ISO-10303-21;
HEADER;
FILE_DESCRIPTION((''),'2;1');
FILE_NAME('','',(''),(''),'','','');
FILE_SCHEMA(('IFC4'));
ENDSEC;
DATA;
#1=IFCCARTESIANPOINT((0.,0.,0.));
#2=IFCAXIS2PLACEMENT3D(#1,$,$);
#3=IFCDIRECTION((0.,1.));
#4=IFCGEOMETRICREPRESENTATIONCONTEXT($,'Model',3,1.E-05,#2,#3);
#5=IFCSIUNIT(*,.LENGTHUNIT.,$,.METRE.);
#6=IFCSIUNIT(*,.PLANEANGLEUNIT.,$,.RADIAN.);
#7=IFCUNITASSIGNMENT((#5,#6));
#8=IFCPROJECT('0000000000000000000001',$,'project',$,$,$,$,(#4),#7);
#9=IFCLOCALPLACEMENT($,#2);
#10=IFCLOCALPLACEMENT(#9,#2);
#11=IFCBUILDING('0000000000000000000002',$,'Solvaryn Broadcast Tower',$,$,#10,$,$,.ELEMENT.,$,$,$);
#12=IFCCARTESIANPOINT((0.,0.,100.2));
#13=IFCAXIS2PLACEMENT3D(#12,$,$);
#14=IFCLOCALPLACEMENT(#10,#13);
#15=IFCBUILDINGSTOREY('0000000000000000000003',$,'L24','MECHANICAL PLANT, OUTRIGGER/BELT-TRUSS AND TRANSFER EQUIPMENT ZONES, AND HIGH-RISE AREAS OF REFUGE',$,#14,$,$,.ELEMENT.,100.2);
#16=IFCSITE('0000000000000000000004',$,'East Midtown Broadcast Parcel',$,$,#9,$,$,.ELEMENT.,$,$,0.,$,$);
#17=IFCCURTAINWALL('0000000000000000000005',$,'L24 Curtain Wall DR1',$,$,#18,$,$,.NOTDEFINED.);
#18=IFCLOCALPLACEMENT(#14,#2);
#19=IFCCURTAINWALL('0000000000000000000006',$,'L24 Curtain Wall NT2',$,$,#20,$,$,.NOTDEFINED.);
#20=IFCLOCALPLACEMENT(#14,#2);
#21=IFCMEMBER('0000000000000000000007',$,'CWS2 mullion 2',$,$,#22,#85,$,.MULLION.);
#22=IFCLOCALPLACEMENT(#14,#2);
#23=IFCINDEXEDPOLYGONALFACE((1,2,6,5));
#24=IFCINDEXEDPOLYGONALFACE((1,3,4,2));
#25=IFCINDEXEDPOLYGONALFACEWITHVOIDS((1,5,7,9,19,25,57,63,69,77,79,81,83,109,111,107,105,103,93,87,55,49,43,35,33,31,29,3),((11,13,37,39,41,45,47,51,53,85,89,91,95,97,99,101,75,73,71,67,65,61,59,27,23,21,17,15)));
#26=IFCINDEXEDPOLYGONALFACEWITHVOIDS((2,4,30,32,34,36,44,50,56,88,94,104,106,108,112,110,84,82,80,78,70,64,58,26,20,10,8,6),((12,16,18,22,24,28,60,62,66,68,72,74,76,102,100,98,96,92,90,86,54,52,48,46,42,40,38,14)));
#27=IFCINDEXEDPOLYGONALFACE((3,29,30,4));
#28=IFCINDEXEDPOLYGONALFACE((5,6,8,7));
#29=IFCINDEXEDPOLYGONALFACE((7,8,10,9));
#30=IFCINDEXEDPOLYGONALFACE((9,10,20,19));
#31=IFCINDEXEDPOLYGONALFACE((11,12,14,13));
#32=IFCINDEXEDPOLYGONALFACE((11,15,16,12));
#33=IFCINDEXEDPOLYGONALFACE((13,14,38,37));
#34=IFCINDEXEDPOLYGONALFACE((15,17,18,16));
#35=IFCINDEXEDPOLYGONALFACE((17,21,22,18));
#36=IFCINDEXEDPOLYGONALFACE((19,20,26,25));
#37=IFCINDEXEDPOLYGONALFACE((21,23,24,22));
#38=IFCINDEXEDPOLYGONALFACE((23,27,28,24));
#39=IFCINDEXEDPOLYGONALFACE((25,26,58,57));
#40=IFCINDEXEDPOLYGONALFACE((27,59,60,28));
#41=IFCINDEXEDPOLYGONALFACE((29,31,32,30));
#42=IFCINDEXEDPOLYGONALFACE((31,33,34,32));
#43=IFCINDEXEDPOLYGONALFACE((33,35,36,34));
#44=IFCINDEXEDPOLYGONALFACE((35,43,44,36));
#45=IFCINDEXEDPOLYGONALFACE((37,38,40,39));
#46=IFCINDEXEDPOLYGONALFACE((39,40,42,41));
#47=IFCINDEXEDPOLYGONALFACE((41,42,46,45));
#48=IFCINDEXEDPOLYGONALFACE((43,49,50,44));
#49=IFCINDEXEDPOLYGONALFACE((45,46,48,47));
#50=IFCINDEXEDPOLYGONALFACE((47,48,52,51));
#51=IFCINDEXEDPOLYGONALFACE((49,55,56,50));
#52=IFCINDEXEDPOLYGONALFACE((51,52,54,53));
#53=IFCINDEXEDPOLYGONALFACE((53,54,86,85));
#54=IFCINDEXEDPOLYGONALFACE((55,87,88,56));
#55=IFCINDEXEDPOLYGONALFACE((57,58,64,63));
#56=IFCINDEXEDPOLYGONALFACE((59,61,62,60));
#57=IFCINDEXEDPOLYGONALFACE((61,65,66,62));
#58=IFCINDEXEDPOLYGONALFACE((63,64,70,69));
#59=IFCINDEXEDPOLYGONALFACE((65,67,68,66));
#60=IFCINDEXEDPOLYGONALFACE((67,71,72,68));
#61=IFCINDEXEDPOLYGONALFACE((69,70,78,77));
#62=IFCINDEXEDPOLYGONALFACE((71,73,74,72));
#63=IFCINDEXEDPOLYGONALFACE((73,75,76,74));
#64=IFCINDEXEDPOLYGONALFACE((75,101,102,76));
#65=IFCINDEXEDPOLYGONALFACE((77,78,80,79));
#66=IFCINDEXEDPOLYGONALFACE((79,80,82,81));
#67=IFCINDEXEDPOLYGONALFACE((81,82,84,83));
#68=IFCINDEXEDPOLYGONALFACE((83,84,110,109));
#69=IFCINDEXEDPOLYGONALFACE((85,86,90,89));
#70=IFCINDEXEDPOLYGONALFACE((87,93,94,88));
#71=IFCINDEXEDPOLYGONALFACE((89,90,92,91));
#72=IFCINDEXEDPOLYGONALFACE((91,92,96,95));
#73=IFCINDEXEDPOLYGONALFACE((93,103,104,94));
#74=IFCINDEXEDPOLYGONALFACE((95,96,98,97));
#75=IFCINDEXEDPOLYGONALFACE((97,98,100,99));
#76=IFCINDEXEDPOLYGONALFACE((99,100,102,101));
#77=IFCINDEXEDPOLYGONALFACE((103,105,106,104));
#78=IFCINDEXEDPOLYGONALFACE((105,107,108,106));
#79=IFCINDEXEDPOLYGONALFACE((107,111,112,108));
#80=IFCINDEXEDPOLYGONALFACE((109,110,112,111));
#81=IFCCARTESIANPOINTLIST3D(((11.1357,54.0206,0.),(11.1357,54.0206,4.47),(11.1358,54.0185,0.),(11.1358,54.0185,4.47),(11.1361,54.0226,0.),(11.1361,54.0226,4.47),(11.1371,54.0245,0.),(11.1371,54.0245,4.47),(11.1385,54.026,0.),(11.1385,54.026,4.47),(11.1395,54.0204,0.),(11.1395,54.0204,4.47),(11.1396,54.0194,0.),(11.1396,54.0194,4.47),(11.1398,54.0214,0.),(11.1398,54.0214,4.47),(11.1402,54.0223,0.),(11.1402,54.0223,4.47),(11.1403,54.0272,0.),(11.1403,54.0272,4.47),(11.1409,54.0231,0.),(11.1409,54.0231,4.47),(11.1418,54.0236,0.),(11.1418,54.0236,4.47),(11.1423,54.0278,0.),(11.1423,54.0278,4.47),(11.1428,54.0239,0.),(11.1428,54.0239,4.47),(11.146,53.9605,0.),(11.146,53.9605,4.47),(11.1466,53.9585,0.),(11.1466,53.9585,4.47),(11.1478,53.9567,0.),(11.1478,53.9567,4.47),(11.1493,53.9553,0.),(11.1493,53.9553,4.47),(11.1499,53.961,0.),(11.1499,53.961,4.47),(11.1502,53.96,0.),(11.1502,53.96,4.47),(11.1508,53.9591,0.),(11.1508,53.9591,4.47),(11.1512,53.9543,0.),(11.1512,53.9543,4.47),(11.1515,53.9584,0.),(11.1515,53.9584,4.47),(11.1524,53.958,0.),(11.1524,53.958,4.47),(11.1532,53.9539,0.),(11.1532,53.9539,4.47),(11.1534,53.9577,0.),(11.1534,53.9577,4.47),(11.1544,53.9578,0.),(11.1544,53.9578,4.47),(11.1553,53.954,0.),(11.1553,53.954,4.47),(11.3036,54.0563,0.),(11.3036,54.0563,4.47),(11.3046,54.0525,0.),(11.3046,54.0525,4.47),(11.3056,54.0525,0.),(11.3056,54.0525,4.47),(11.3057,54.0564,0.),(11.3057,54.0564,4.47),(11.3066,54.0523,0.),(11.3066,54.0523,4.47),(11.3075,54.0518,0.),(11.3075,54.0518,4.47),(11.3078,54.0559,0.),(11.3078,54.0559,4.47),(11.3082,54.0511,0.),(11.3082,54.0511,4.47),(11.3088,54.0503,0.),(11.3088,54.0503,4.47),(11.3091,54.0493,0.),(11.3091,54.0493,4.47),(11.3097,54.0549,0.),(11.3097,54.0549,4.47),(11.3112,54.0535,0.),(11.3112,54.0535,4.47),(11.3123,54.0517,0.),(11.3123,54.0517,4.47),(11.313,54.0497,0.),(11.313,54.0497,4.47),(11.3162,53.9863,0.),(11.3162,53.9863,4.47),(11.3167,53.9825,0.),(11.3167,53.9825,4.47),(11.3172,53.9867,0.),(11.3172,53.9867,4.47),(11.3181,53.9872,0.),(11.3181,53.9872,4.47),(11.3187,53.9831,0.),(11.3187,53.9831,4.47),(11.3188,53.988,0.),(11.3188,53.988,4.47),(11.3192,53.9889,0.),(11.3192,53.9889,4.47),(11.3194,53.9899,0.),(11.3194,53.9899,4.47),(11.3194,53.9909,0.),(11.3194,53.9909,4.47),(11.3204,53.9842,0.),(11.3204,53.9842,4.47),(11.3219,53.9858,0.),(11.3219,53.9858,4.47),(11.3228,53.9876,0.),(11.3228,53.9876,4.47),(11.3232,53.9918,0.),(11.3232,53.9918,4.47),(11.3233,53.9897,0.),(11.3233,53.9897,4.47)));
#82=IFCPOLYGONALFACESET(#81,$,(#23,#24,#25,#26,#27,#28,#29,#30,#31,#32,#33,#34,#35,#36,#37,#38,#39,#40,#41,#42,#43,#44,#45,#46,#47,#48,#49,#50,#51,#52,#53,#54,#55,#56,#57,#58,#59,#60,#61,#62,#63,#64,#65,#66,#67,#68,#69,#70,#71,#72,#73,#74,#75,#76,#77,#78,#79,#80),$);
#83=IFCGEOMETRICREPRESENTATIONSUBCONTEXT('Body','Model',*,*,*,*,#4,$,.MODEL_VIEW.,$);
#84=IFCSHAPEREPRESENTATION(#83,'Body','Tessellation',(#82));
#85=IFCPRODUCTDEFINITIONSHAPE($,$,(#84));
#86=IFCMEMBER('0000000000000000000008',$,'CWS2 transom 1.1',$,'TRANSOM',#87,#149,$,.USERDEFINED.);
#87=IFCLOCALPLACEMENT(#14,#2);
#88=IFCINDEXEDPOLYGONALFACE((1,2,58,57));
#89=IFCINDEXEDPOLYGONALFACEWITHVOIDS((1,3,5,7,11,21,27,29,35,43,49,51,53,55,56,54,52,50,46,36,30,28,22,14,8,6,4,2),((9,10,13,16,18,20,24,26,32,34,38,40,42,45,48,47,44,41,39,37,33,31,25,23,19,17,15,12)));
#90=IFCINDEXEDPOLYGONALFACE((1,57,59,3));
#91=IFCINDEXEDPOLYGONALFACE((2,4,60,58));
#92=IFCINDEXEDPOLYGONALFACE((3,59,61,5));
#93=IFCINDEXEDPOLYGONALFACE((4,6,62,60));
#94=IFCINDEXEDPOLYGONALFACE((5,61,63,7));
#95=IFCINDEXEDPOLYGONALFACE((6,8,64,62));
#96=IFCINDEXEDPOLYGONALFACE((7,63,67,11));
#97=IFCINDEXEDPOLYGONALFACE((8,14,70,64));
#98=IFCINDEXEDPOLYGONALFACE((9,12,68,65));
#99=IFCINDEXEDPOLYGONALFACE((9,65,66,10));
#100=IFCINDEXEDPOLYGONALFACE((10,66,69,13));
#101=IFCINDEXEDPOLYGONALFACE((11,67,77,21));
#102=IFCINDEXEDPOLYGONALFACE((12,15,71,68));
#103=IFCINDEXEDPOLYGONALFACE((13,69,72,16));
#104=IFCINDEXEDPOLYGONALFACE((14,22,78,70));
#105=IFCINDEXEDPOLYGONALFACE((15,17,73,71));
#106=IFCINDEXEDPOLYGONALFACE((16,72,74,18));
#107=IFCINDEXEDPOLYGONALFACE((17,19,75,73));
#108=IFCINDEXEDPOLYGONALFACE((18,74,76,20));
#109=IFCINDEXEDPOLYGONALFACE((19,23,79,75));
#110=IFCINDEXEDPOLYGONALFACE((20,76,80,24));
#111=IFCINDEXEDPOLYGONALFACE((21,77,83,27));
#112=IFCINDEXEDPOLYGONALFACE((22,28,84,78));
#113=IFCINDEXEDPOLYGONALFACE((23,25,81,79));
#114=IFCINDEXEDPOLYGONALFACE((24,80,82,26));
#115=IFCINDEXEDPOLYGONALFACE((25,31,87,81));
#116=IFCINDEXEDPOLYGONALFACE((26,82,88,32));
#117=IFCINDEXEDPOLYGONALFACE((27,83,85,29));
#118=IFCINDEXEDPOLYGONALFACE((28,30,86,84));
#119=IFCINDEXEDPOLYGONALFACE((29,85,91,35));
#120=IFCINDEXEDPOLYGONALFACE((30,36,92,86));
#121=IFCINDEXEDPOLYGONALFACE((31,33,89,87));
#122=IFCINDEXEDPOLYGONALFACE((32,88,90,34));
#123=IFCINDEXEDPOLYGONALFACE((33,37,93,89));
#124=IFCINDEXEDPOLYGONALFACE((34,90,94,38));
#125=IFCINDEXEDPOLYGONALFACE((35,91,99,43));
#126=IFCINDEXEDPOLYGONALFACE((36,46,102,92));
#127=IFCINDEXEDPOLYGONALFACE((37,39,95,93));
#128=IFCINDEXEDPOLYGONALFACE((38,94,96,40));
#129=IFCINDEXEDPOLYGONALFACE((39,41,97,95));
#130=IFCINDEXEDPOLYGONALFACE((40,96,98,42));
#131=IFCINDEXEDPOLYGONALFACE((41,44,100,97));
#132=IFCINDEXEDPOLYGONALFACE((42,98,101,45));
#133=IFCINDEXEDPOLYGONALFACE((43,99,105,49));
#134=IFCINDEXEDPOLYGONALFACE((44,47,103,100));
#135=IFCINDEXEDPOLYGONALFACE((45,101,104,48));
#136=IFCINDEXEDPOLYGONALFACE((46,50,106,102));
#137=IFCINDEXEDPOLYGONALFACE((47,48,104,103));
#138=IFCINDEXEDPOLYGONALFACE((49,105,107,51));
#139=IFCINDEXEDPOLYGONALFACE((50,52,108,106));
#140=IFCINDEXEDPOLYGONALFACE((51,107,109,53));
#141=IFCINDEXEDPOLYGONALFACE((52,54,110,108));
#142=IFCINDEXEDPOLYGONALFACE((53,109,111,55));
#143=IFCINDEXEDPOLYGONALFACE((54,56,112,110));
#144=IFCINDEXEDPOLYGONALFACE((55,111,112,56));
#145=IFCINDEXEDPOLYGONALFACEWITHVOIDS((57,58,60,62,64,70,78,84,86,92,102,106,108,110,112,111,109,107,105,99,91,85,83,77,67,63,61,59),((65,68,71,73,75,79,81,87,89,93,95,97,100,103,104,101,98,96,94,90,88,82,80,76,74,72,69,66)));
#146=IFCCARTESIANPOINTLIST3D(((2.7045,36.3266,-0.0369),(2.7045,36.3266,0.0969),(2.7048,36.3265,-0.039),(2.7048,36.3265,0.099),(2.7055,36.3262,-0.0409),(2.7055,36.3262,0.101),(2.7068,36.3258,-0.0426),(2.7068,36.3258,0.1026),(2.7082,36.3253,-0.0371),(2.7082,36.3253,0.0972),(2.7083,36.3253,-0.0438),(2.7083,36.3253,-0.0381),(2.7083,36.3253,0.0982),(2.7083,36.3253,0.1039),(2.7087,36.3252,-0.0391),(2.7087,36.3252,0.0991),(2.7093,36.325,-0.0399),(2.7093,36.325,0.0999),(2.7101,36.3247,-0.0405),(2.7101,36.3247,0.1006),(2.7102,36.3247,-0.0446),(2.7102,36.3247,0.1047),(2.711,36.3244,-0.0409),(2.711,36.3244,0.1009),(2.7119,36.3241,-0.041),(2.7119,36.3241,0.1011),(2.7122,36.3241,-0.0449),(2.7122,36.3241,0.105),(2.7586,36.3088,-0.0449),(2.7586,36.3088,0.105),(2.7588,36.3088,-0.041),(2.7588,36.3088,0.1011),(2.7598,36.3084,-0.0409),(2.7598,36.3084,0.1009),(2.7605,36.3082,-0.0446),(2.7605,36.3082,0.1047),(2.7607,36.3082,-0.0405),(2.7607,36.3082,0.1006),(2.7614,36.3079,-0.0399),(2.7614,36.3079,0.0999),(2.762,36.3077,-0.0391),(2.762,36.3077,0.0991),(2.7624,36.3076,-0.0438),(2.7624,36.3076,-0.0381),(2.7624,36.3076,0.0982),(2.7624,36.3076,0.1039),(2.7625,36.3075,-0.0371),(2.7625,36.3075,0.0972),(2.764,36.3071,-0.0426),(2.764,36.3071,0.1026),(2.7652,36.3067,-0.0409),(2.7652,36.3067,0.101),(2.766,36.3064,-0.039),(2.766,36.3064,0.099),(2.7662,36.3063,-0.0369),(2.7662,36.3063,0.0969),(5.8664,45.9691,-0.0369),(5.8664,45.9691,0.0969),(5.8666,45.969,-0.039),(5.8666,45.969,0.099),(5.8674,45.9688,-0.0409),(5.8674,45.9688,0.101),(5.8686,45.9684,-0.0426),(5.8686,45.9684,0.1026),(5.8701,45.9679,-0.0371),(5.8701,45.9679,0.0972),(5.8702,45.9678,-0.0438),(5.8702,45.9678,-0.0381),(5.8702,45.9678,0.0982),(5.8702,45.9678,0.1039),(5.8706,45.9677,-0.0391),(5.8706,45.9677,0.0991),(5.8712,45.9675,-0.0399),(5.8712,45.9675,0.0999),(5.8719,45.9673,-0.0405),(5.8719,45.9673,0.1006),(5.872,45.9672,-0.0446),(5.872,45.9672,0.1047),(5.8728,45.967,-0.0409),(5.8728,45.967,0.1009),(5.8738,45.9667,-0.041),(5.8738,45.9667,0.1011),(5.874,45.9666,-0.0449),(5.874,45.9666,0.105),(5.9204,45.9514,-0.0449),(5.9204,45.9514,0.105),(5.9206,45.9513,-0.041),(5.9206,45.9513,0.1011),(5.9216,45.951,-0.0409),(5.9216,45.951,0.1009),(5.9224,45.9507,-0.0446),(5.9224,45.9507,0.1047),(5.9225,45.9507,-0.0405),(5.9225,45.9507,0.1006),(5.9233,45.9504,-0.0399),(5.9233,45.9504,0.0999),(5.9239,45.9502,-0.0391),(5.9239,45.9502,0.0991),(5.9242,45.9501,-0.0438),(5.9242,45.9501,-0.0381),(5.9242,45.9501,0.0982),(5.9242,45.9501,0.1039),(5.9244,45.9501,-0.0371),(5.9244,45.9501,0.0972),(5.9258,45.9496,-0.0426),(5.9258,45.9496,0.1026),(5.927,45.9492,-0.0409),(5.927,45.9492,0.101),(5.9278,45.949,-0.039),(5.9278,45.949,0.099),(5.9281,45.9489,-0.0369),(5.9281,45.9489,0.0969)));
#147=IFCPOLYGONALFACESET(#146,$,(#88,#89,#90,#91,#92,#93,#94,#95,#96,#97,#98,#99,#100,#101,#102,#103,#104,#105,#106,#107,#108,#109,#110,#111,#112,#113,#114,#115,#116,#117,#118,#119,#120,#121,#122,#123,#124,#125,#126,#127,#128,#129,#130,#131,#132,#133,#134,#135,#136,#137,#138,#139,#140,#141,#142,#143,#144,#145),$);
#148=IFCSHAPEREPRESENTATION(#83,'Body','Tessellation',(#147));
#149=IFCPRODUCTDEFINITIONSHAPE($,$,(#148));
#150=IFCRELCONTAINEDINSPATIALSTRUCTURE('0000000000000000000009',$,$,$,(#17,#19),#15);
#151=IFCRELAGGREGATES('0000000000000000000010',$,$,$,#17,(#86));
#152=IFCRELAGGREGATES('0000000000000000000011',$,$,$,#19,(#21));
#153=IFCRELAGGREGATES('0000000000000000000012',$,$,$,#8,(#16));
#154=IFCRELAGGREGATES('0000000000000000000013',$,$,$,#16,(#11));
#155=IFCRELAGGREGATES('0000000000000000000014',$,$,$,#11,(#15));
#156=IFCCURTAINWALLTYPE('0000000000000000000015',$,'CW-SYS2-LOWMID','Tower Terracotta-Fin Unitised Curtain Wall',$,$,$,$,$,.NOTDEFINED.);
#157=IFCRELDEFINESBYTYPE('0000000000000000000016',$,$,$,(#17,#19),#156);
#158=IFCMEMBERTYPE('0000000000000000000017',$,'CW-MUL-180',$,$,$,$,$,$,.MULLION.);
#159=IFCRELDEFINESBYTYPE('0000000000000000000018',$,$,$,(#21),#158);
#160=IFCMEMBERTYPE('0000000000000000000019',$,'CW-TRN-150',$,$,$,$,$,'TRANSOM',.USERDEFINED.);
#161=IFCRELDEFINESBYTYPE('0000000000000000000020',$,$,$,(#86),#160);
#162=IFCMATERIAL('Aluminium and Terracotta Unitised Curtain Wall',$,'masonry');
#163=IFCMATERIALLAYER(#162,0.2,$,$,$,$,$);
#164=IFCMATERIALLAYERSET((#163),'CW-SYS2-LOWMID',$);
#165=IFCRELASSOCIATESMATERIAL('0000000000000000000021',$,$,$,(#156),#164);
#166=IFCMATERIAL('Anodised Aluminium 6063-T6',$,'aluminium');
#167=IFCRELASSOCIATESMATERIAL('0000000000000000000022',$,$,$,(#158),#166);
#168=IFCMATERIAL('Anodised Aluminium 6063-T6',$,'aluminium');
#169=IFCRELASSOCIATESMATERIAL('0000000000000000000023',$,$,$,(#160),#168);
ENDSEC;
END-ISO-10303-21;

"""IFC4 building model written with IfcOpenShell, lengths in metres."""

from ifc_helpers import new_model, si_unit, direction, frame, origin, origin_2d, place, context, subcontext, project, spatial, hollow_rectangle, extrude, material, layer, layer_set, material_profile, profile_set, type_object, element, aggregate, save


model = new_model("IFC4")

# Units and contexts
model_context = context("Model", 3, precision=1e-05, world=origin(), true_north=direction((0.0, 1.0)))
body_context = subcontext(model_context, "Body", "Model", "MODEL_VIEW")
ifc_project = project(units=[si_unit("LENGTHUNIT", "METRE"), si_unit("PLANEANGLEUNIT", "RADIAN")], contexts=[model_context])

# Site, building, storey
site_placement = place(None, origin())
site = spatial("IfcSite", under=ifc_project, at=site_placement, Name="East Midtown Broadcast Parcel", CompositionType="ELEMENT", RefElevation=0.0)
building_placement = place(site_placement, origin())
building = spatial("IfcBuilding", under=site, at=building_placement, Name="Solvaryn Broadcast Tower", CompositionType="ELEMENT")
storey_placement = place(building_placement, frame((0.0, 0.0, 100.2)))
storey = spatial("IfcBuildingStorey", under=building, at=storey_placement, Name="L24", Description="MECHANICAL PLANT, OUTRIGGER/BELT-TRUSS AND TRANSFER EQUIPMENT ZONES, AND HIGH-RISE AREAS OF REFUGE", CompositionType="ELEMENT", Elevation=100.2)

# Curtain wall
ifc_material_1 = material(Name="Aluminium and Terracotta Unitised Curtain Wall", Category="masonry")
ifc_layer_1 = layer(ifc_material_1, 0.2)
ifc_layer_set_1 = layer_set([ifc_layer_1], Name="CW-SYS2-LOWMID")
curtain_wall_type = type_object("IfcCurtainWallType", Name="CW-SYS2-LOWMID", Description="Tower Terracotta-Fin Unitised Curtain Wall", PredefinedType="NOTDEFINED", material=ifc_layer_set_1)
curtain_wall_1_placement = place(storey_placement, origin())
curtain_wall_1 = element("IfcCurtainWall", 1, at=curtain_wall_1_placement, inside=storey, type_object=curtain_wall_type, Name="L24 Curtain Wall DR1", PredefinedType="NOTDEFINED")
ifc_material_2 = material(Name="Anodised Aluminium 6063-T6", Category="aluminium")
ifc_material_profile_1 = material_profile(ifc_material_2, hollow_rectangle(XDim=0.075, YDim=0.1799, WallThickness=0.0039, InnerFilletRadius=0.0039, OuterFilletRadius=0.0081, at=origin_2d()))
ifc_profile_set_1 = profile_set([ifc_material_profile_1], Name="Anodised Aluminium 6063-T6")
member_type_1 = type_object("IfcMemberType", Name="CW-MUL-180", PredefinedType="MULLION", material=ifc_profile_set_1)

# Curtain wall, member
curtain_wall_2_placement = place(storey_placement, origin())
curtain_wall_2 = element("IfcCurtainWall", 2, at=curtain_wall_2_placement, inside=storey, type_object=curtain_wall_type, Name="L24 Curtain Wall NT2", PredefinedType="NOTDEFINED")
member_1_placement = place(storey_placement, frame((11.2295, 54.0051, 0.0), z_axis=(0.0, 0.0, 1.0), x_axis=(0.173785, -0.984784, 0.0)))
member_1 = element("IfcMember", 3, at=member_1_placement, type_object=member_type_1, Name="CWS2 mullion 2", PredefinedType="MULLION", context=body_context, shape_type="SweptSolid", body=[
    extrude(hollow_rectangle(XDim=0.075, YDim=0.1799, WallThickness=0.0039, InnerFilletRadius=0.0039, OuterFilletRadius=0.0081, at=origin_2d()), origin(), (0.0, 0.0, 1.0), 4.47),
])

# Member
ifc_material_3 = material(Name="Anodised Aluminium 6063-T6", Category="aluminium")
ifc_material_profile_2 = material_profile(ifc_material_3, hollow_rectangle(XDim=0.0649, YDim=0.1499, WallThickness=0.0039, InnerFilletRadius=0.0039, OuterFilletRadius=0.0081, at=origin_2d()))
ifc_profile_set_2 = profile_set([ifc_material_profile_2], Name="Anodised Aluminium 6063-T6")
member_type_2 = type_object("IfcMemberType", Name="CW-TRN-150", ElementType="TRANSOM", PredefinedType="USERDEFINED", material=ifc_profile_set_2)
member_2_placement = place(storey_placement, frame((5.8972, 45.959, 0.03), z_axis=(-0.311583, -0.950219, 0.0), x_axis=(0.950219, -0.311583, 0.0)))
member_2 = element("IfcMember", 4, at=member_2_placement, type_object=member_type_2, Name="CWS2 transom 1.1", ObjectType="TRANSOM", PredefinedType="USERDEFINED", context=body_context, shape_type="SweptSolid", body=[
    extrude(hollow_rectangle(XDim=0.0649, YDim=0.1499, WallThickness=0.0039, InnerFilletRadius=0.0039, OuterFilletRadius=0.0081, at=origin_2d()), origin(), (0.0, 0.0, 1.0), 10.1477),
])

aggregate(curtain_wall_1, [member_2])
aggregate(curtain_wall_2, [member_1])

save(model, "model.ifc")
